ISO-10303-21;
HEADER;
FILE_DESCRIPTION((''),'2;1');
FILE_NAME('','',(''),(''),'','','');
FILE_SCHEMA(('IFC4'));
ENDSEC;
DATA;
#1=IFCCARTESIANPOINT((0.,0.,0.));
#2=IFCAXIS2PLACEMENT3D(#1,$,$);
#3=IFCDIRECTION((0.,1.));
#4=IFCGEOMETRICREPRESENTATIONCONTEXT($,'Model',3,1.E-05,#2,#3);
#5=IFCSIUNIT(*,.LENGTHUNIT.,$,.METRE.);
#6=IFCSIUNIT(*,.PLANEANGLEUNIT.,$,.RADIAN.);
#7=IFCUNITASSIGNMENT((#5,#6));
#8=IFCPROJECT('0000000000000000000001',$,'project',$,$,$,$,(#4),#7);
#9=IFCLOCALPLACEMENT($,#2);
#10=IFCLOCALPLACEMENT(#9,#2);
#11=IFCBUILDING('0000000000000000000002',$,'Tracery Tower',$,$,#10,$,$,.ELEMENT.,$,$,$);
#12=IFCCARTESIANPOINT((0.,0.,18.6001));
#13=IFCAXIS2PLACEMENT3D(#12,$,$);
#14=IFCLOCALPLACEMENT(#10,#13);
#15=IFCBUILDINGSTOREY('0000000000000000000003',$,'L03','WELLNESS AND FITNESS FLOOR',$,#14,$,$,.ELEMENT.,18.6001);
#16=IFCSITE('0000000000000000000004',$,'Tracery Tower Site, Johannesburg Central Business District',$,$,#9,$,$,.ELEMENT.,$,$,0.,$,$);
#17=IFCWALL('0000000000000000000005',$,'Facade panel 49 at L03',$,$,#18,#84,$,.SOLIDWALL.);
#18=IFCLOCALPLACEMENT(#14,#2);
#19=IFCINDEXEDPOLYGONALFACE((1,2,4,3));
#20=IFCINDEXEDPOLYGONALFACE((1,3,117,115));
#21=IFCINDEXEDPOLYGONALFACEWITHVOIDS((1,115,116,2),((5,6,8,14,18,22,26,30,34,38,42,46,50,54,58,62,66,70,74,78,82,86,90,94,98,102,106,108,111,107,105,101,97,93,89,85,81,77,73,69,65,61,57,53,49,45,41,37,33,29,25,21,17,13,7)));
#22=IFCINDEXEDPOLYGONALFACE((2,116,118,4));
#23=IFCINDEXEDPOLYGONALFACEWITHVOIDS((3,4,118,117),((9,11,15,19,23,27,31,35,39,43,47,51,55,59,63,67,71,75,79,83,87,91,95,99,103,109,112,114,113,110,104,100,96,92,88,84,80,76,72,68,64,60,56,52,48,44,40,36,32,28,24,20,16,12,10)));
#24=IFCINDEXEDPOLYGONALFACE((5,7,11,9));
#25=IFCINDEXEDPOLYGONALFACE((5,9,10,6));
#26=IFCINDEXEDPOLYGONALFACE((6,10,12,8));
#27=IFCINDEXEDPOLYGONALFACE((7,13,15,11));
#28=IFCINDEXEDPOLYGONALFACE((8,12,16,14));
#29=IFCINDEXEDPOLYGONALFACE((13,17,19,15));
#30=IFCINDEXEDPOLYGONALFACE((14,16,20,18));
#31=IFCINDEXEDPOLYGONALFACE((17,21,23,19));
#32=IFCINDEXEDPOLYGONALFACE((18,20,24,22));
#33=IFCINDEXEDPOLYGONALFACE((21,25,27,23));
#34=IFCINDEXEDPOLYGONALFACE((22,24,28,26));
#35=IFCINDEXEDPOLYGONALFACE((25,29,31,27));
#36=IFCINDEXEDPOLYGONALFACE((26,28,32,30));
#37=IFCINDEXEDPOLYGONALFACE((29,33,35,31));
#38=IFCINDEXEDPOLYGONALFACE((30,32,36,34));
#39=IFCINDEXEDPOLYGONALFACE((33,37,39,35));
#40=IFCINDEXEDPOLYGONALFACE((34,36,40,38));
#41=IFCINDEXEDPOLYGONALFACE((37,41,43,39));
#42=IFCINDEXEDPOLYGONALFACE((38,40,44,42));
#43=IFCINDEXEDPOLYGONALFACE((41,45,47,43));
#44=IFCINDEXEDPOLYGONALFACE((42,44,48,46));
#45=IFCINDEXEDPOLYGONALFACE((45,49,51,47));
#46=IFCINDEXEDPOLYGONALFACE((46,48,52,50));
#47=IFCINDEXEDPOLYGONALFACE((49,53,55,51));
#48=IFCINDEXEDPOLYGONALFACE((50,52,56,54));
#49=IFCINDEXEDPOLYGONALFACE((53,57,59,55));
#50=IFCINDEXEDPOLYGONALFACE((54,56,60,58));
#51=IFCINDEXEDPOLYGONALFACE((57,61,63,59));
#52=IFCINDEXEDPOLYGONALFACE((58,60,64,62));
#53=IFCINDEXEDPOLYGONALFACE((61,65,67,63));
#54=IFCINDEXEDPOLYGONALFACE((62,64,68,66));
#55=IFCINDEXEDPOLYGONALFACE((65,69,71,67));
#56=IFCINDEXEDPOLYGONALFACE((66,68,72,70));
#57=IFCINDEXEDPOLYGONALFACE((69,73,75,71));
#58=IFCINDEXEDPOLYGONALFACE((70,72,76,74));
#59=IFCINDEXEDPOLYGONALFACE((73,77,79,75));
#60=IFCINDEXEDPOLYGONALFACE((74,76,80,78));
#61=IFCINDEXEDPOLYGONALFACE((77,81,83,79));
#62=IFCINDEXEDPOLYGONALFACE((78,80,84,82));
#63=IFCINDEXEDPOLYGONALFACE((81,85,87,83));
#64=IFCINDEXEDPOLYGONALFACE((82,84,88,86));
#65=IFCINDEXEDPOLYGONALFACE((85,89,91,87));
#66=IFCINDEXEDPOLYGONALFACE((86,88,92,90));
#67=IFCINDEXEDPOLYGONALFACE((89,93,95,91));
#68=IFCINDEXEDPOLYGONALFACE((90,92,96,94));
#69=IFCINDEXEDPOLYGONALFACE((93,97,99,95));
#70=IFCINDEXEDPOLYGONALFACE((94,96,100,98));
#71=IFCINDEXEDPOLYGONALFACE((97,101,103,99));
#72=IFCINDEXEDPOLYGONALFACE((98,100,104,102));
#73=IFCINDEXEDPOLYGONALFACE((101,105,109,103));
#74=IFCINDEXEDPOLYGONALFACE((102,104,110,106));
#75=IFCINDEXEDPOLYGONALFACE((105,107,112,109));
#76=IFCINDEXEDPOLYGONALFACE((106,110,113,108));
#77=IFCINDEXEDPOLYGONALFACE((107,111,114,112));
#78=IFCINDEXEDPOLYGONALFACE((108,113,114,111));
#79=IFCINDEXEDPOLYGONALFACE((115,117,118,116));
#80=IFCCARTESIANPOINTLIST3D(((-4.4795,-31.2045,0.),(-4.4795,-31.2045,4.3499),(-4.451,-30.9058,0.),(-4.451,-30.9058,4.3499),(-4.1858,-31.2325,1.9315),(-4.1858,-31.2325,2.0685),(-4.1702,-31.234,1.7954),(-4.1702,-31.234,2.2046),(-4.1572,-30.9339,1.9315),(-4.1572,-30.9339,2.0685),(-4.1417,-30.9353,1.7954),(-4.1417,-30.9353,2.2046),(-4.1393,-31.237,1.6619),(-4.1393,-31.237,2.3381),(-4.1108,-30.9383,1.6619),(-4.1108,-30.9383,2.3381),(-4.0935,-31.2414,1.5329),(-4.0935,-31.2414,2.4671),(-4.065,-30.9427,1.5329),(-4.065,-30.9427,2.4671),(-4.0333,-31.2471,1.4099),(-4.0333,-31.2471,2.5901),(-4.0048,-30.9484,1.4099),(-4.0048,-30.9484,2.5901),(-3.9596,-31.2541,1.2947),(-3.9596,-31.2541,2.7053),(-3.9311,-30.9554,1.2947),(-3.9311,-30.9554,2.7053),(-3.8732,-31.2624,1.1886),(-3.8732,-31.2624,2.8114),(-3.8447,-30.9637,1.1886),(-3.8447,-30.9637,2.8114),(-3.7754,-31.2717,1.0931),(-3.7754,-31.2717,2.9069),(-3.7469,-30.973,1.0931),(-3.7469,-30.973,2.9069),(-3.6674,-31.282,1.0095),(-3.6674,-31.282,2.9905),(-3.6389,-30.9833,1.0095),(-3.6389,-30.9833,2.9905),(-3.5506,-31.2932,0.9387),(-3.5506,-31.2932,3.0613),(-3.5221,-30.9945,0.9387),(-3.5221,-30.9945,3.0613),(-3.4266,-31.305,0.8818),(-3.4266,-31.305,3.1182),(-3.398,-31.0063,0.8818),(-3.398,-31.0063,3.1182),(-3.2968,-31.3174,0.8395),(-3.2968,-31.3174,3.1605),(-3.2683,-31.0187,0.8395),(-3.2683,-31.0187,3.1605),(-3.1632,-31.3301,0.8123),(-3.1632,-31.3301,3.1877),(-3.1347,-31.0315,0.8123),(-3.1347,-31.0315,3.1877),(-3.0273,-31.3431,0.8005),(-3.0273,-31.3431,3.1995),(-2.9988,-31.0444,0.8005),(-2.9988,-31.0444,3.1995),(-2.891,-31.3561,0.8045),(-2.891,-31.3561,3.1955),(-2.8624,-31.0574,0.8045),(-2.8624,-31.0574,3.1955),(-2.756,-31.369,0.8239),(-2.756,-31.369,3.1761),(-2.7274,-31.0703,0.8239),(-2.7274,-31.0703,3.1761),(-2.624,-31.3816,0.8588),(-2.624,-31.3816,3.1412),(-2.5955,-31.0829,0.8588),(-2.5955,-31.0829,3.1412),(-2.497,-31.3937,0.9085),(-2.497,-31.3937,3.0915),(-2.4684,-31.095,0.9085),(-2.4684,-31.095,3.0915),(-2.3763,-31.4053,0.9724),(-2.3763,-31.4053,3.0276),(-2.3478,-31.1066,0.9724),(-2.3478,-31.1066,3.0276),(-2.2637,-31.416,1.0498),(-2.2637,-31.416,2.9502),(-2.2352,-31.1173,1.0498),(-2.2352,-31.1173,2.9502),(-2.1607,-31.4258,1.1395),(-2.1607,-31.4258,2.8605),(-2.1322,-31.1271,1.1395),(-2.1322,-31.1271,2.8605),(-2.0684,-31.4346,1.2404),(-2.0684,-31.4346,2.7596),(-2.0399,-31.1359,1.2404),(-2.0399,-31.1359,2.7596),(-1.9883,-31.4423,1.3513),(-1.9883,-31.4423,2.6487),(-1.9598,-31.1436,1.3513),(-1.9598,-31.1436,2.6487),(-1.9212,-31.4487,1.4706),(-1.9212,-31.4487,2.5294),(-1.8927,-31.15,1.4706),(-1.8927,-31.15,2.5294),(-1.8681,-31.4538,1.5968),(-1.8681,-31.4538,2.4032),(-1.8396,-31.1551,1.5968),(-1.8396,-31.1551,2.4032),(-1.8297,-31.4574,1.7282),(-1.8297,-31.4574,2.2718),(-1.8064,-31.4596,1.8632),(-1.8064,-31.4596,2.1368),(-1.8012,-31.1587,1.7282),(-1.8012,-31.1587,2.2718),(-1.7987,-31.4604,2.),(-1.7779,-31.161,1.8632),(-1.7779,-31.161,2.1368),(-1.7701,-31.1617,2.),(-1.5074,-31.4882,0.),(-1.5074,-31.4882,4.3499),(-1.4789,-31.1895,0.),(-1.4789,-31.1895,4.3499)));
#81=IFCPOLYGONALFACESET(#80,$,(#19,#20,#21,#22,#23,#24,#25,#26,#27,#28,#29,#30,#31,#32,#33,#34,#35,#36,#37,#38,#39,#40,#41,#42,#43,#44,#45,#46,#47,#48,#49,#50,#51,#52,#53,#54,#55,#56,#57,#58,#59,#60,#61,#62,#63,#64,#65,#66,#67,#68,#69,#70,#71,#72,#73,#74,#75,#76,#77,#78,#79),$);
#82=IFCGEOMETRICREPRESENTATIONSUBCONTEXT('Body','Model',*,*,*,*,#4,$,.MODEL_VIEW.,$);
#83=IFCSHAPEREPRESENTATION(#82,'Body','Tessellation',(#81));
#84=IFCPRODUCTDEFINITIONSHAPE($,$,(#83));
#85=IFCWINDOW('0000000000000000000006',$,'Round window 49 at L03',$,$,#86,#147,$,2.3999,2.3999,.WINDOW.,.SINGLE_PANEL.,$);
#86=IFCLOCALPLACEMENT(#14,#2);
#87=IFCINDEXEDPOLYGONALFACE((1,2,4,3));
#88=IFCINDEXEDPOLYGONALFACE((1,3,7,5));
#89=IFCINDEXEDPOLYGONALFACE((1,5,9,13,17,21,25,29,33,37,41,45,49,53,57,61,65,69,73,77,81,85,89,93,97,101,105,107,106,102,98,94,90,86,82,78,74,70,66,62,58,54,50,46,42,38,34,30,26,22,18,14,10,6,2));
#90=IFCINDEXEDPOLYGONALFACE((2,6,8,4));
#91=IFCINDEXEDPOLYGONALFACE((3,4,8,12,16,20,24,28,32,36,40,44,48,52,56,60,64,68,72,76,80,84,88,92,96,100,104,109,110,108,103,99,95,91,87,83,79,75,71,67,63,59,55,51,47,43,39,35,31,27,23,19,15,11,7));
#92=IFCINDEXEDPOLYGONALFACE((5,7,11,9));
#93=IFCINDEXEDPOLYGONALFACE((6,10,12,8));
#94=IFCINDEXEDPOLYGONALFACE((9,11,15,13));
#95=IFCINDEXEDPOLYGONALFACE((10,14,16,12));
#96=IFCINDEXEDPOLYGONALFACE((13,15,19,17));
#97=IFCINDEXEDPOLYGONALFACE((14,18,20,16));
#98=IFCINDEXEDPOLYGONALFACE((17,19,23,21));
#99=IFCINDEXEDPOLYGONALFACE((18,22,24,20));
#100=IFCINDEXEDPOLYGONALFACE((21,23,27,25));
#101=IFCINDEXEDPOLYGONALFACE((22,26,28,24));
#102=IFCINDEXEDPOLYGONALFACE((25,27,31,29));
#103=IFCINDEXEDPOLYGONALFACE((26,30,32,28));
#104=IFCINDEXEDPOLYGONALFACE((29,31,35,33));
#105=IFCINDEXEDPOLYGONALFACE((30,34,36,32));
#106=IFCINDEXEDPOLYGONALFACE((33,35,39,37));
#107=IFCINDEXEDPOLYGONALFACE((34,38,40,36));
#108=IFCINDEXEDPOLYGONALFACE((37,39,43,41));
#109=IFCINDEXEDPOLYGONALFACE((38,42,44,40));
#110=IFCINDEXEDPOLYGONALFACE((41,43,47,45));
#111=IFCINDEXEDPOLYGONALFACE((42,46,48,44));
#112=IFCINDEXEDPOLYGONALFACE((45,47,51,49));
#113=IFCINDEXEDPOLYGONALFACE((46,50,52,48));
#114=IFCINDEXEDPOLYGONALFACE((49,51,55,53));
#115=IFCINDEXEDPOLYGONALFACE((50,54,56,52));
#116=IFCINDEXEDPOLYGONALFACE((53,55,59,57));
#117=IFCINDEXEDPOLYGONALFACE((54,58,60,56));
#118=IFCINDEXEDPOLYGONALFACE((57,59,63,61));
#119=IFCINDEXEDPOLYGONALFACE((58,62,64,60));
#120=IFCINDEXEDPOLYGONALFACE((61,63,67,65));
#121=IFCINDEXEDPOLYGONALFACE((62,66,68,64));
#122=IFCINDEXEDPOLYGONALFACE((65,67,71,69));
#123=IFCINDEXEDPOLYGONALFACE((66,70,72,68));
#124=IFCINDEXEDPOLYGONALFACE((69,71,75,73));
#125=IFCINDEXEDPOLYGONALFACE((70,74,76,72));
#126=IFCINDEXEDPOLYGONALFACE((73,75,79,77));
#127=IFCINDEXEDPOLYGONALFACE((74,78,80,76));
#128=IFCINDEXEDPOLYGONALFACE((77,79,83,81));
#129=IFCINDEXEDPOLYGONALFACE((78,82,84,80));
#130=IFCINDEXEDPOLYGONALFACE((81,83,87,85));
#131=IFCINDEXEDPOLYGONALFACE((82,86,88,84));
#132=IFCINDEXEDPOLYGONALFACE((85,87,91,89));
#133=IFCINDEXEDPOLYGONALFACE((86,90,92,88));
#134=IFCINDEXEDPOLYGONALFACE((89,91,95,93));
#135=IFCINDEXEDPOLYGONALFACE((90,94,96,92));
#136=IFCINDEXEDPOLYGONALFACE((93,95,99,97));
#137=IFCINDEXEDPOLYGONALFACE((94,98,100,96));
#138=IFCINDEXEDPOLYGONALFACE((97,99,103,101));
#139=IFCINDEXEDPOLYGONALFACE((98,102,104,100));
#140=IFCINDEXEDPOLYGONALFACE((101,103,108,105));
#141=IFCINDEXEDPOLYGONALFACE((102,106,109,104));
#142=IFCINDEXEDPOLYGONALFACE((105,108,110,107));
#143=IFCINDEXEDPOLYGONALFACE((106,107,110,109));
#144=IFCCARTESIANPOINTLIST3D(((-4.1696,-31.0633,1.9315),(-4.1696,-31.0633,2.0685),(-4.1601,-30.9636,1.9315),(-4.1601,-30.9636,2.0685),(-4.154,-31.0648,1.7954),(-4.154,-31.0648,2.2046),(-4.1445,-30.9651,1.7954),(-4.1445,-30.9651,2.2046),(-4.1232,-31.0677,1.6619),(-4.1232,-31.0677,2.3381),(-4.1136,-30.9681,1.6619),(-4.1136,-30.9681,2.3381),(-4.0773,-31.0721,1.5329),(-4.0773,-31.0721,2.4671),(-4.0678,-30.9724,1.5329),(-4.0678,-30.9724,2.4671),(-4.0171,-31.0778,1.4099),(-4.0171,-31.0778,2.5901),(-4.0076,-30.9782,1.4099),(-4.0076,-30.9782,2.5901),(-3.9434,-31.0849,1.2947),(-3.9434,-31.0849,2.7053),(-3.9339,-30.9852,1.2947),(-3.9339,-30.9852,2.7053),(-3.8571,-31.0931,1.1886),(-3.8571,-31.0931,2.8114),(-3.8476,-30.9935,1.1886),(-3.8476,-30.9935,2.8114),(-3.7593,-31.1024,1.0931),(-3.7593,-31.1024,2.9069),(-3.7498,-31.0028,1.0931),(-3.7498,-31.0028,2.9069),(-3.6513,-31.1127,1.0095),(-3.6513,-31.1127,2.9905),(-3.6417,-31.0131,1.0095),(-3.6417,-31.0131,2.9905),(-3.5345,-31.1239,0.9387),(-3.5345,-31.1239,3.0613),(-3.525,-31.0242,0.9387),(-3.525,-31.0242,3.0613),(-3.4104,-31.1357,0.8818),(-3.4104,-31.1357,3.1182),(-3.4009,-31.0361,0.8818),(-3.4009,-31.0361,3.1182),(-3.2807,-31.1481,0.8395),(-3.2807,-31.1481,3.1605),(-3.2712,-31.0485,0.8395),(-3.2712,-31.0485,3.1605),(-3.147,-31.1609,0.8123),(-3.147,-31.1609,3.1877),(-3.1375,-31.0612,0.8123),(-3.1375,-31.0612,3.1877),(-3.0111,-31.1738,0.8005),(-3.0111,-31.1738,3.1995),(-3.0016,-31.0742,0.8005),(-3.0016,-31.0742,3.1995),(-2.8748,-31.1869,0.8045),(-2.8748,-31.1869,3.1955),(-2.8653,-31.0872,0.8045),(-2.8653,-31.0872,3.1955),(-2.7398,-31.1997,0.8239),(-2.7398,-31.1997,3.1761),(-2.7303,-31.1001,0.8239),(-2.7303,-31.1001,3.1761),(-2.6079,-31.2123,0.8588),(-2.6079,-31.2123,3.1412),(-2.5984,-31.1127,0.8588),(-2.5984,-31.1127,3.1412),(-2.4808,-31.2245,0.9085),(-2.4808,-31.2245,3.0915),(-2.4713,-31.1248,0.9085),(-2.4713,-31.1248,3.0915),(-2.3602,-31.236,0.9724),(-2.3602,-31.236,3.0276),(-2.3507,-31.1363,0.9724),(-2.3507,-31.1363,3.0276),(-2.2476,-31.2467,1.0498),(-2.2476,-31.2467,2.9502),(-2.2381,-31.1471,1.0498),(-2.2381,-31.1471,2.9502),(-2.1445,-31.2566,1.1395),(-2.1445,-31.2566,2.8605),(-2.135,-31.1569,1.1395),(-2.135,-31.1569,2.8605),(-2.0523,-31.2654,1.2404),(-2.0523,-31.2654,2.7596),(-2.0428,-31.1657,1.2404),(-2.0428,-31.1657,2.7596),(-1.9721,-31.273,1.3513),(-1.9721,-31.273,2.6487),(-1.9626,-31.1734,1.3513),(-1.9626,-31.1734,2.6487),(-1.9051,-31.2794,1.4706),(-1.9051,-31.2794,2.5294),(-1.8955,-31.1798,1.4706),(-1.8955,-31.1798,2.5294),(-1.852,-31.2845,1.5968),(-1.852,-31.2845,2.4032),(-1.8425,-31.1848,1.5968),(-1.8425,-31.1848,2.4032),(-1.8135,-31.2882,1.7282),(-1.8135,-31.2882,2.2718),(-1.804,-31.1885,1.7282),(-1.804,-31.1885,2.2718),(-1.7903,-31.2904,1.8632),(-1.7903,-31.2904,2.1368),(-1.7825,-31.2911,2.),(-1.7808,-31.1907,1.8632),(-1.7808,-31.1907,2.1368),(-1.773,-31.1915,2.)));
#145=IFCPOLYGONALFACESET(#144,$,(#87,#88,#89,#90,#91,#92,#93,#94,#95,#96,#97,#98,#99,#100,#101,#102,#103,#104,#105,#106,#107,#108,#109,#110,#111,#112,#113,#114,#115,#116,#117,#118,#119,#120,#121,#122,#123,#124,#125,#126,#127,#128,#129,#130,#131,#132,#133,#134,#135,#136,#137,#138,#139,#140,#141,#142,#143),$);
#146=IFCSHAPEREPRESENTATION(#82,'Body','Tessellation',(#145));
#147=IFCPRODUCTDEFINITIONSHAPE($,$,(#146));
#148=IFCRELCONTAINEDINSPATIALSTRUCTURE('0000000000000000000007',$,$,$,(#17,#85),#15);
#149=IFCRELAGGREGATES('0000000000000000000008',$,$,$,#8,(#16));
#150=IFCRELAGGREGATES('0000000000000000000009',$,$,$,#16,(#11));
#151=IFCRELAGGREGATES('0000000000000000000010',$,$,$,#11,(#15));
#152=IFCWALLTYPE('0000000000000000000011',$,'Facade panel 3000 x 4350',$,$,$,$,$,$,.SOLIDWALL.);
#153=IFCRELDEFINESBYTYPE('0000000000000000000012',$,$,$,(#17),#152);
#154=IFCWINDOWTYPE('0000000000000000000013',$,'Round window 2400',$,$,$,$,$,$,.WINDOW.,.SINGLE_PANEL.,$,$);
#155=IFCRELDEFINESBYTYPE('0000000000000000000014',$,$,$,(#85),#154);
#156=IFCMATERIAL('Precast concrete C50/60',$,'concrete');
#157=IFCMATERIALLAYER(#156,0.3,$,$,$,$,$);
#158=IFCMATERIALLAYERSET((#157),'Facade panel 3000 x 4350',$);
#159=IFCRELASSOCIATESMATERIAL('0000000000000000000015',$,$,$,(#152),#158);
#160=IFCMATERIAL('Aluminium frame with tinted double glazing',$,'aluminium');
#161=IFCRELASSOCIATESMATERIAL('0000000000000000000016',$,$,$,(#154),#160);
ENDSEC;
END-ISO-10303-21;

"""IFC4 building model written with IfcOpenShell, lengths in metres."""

from ifc_helpers import new_model, si_unit, direction, frame, frame_2d, origin, origin_2d, place, context, subcontext, project, spatial, rectangle, circle, extrude, material, layer, layer_set, type_object, element, fill, save


model = new_model("IFC4")

# Units and contexts
model_context = context("Model", 3, precision=1e-05, world=origin(), true_north=direction((0.0, 1.0)))
body_context = subcontext(model_context, "Body", "Model", "MODEL_VIEW")
ifc_project = project(units=[si_unit("LENGTHUNIT", "METRE"), si_unit("PLANEANGLEUNIT", "RADIAN")], contexts=[model_context])

# Site, building, storey
site_placement = place(None, origin())
site = spatial("IfcSite", under=ifc_project, at=site_placement, Name="Tracery Tower Site, Johannesburg Central Business District", CompositionType="ELEMENT", RefElevation=0.0)
building_placement = place(site_placement, origin())
building = spatial("IfcBuilding", under=site, at=building_placement, Name="Tracery Tower", CompositionType="ELEMENT")
storey_placement = place(building_placement, frame((0.0, 0.0, 18.6001)))
storey = spatial("IfcBuildingStorey", under=building, at=storey_placement, Name="L03", Description="WELLNESS AND FITNESS FLOOR", CompositionType="ELEMENT", Elevation=18.6001)

# Wall, opening, window
ifc_material_1 = material(Name="Precast concrete C50/60", Category="concrete")
ifc_layer_1 = layer(ifc_material_1, 0.3)
ifc_layer_set_1 = layer_set([ifc_layer_1], Name="Facade panel 3000 x 4350")
wall_type_1 = type_object("IfcWallType", Name="Facade panel 3000 x 4350", PredefinedType="SOLIDWALL", material=ifc_layer_set_1)
ifc_material_2 = material(Name="Aluminium frame with tinted double glazing", Category="aluminium")
window_type = type_object("IfcWindowType", Name="Round window 2400", PartitioningType="SINGLE_PANEL", PredefinedType="WINDOW", material=ifc_material_2)
wall_1_placement = place(storey_placement, frame((-4.4651, -31.0552, 0.0), z_axis=(0.0, 0.0, 1.0), x_axis=(0.995476, -0.095017, 0.0)))
wall_1 = element("IfcWall", 1, at=wall_1_placement, inside=storey, type_object=wall_type_1, Name="Facade panel 49 at L03", PredefinedType="SOLIDWALL", context=body_context, shape_type="SweptSolid", body=[
    extrude(rectangle(XDim=2.9856, YDim=0.3, at=frame_2d((1.4927, 0.0))), origin(), (0.0, 0.0, 1.0), 4.3499),
])
opening_1_placement = place(wall_1_placement, frame((1.4929, 0.0, 2.0)))
opening_1 = element("IfcOpeningElement", 2, at=opening_1_placement, cuts=wall_1, PredefinedType="OPENING", context=body_context, shape_type="SweptSolid", body=[
    extrude(circle(Radius=1.2, at=origin_2d()), frame((0.0, 0.1599, 0.0), z_axis=(0.0, -1.0, 0.0), x_axis=(1.0, 0.0, 0.0)), (0.0, 0.0, 1.0), 0.3201),
])
window_1_placement = place(opening_1_placement, origin())
window_1 = element("IfcWindow", 3, at=window_1_placement, inside=storey, type_object=window_type, Name="Round window 49 at L03", OverallHeight=2.3999, OverallWidth=2.3999, PartitioningType="SINGLE_PANEL", PredefinedType="WINDOW", context=body_context, shape_type="SweptSolid", body=[
    extrude(circle(Radius=1.2, at=origin_2d()), frame((0.0, 0.1201, 0.0), z_axis=(0.0, -1.0, 0.0), x_axis=(1.0, 0.0, 0.0)), (0.0, 0.0, 1.0), 0.1001),
])
fill(opening_1, window_1)

save(model, "model.ifc")
